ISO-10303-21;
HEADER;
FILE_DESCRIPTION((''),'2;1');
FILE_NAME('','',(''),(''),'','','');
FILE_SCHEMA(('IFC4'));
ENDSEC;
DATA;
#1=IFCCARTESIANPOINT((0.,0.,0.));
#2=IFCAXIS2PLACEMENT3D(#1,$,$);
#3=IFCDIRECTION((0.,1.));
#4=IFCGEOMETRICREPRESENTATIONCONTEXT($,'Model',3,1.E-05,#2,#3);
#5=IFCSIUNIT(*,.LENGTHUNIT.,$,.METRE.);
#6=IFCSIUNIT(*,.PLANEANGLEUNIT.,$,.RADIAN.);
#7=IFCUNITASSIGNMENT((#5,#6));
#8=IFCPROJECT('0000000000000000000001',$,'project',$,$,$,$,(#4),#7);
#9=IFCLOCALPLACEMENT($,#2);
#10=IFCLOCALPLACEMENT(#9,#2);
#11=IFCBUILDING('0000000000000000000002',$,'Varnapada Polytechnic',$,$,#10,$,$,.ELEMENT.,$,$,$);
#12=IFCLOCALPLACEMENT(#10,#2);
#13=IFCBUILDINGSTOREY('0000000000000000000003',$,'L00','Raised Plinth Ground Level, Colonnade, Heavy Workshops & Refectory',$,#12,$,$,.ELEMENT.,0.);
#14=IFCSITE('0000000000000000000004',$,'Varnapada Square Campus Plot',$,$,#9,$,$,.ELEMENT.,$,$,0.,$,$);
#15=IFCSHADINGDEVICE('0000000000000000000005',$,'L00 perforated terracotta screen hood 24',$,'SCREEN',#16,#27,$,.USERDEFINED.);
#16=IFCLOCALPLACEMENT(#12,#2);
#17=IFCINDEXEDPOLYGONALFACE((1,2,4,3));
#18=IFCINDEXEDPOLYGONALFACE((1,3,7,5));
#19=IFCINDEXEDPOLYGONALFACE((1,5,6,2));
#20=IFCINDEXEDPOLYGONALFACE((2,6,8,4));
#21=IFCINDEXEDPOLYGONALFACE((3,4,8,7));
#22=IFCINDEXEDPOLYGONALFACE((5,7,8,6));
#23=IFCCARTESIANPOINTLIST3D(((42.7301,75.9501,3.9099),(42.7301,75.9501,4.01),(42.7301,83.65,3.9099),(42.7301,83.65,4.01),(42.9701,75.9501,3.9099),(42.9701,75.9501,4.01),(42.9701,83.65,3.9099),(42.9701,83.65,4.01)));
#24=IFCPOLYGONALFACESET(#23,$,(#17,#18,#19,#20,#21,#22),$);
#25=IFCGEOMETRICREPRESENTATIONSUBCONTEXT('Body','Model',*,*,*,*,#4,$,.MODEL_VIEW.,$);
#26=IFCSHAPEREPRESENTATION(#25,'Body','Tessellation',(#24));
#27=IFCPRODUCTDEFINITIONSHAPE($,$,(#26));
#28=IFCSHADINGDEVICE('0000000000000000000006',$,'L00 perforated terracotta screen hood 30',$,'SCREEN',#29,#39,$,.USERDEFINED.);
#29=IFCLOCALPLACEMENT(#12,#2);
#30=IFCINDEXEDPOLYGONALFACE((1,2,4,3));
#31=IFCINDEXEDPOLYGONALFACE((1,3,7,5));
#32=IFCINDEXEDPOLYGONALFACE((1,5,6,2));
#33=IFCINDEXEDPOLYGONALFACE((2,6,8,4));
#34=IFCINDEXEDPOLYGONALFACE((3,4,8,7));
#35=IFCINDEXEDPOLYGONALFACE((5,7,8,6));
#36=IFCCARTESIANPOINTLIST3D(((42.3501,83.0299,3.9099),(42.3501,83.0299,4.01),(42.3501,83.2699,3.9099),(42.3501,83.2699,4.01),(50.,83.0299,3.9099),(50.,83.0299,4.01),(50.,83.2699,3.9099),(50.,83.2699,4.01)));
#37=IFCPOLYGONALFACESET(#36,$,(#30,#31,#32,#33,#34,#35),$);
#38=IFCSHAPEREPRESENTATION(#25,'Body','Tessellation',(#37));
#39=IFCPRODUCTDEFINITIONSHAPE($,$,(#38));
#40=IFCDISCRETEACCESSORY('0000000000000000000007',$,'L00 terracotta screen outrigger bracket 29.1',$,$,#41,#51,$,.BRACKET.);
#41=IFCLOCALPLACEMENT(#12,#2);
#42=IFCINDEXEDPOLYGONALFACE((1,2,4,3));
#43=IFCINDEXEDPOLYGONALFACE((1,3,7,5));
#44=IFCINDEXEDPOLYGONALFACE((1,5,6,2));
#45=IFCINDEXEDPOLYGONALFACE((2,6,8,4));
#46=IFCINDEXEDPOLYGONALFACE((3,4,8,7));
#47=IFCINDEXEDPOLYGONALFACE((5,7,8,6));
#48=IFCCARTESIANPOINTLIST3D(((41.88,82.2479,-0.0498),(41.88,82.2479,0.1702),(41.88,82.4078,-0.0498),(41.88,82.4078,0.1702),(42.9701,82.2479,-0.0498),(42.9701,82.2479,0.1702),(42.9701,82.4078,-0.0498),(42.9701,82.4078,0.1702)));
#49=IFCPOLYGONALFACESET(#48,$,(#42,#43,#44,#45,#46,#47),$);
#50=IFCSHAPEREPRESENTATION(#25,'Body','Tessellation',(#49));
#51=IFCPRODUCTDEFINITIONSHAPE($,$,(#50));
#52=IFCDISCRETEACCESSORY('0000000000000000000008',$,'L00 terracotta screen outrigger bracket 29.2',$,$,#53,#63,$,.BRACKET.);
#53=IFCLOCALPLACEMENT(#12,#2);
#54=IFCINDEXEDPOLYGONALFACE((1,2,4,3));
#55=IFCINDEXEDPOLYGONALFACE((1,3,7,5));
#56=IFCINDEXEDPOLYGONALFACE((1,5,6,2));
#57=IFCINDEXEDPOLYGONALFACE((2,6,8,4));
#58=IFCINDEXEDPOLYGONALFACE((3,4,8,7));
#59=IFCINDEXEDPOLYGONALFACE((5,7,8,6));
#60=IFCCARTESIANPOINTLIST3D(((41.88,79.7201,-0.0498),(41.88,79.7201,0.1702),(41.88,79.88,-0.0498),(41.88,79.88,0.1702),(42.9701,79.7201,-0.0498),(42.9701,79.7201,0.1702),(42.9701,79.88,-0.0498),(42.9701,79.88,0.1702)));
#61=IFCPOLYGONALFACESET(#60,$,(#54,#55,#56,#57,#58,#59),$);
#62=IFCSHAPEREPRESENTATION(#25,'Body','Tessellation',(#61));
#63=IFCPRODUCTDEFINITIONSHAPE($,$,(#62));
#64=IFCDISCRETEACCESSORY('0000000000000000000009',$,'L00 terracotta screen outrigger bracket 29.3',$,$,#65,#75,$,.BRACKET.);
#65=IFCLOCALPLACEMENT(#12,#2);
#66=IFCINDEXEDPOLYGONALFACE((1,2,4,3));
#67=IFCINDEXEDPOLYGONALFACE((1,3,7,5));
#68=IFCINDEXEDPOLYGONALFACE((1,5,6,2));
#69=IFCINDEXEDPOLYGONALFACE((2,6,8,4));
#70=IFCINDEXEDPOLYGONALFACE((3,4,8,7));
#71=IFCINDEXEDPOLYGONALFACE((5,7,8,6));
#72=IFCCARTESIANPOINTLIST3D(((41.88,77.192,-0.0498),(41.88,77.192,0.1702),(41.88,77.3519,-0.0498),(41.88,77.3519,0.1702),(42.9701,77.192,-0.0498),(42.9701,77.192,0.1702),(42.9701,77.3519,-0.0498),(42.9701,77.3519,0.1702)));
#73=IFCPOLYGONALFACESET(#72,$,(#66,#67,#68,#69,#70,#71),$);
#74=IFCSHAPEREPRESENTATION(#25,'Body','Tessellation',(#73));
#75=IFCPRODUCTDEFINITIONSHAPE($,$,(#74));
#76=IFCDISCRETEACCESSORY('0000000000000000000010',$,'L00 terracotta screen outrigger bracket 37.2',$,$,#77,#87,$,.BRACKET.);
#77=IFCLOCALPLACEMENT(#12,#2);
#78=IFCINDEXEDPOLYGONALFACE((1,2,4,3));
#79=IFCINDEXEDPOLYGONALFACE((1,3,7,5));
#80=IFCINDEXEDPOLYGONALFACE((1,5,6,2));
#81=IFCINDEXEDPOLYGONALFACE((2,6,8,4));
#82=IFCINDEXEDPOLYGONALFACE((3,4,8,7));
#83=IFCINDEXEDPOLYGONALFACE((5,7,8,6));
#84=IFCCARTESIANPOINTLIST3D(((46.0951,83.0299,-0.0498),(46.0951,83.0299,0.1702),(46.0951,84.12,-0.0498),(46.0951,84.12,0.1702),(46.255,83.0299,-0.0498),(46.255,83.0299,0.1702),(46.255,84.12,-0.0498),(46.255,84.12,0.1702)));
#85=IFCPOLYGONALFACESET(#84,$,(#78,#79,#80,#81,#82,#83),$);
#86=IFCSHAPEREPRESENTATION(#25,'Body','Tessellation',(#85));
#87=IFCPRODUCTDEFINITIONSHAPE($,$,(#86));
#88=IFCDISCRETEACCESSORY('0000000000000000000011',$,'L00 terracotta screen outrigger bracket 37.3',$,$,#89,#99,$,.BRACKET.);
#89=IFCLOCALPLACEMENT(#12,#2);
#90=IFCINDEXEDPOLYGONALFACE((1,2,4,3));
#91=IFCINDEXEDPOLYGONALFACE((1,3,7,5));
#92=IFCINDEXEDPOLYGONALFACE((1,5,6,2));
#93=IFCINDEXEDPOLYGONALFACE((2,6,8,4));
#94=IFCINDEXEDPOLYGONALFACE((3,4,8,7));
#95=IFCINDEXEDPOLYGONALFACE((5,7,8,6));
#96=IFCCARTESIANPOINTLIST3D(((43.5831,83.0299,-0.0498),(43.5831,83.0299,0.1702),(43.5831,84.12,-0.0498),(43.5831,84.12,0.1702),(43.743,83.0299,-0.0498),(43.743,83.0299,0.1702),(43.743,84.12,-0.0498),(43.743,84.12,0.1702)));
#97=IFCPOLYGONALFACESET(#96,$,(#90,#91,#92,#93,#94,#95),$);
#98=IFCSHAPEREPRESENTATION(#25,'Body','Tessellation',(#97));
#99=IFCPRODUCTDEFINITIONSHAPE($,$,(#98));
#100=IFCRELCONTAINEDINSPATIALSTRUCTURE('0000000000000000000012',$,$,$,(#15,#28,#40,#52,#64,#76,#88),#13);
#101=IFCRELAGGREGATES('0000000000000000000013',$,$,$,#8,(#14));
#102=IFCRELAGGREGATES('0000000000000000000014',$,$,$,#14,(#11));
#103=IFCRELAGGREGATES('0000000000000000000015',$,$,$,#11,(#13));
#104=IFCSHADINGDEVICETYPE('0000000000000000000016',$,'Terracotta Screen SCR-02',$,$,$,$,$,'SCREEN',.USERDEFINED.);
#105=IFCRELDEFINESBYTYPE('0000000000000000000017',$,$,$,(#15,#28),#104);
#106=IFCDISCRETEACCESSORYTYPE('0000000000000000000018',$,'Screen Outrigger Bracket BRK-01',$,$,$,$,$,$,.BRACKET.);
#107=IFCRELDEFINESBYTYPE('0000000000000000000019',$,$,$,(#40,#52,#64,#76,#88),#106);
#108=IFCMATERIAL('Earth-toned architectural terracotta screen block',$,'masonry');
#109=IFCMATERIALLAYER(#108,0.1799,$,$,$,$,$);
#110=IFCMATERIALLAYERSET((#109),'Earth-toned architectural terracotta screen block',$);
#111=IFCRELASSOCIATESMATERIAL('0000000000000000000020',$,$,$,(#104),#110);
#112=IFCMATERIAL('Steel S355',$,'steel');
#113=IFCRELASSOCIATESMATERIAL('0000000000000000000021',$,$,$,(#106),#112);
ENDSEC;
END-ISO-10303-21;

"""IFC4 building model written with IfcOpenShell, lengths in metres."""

from ifc_helpers import new_model, si_unit, direction, frame, origin, origin_2d, place, context, subcontext, project, spatial, rectangle, extrude, material, layer, layer_set, type_object, element, save


model = new_model("IFC4")

# Units and contexts
model_context = context("Model", 3, precision=1e-05, world=origin(), true_north=direction((0.0, 1.0)))
body_context = subcontext(model_context, "Body", "Model", "MODEL_VIEW")
ifc_project = project(units=[si_unit("LENGTHUNIT", "METRE"), si_unit("PLANEANGLEUNIT", "RADIAN")], contexts=[model_context])

# Site, building, storey
site_placement = place(None, origin())
site = spatial("IfcSite", under=ifc_project, at=site_placement, Name="Varnapada Square Campus Plot", CompositionType="ELEMENT", RefElevation=0.0)
building_placement = place(site_placement, origin())
building = spatial("IfcBuilding", under=site, at=building_placement, Name="Varnapada Polytechnic", CompositionType="ELEMENT")
storey_placement = place(building_placement, origin())
storey = spatial("IfcBuildingStorey", under=building, at=storey_placement, Name="L00", Description="Raised Plinth Ground Level, Colonnade, Heavy Workshops & Refectory", CompositionType="ELEMENT", Elevation=0.0)

# Shading devices
ifc_material_1 = material(Name="Earth-toned architectural terracotta screen block", Category="masonry")
ifc_layer = layer(ifc_material_1, 0.1799)
ifc_layer_set = layer_set([ifc_layer], Name="Earth-toned architectural terracotta screen block")
shading_device_type = type_object("IfcShadingDeviceType", Name="Terracotta Screen SCR-02", ElementType="SCREEN", PredefinedType="USERDEFINED", material=ifc_layer_set)
shading_device_1_placement = place(storey_placement, frame((42.8501, 79.8, 3.9099), z_axis=(0.0, 0.0, 1.0), x_axis=(0.0, -1.0, 0.0)))
element("IfcShadingDevice", 1, at=shading_device_1_placement, inside=storey, type_object=shading_device_type, Name="L00 perforated terracotta screen hood 24", ObjectType="SCREEN", PredefinedType="USERDEFINED", context=body_context, shape_type="SweptSolid", body=[
    extrude(rectangle(XDim=7.7, YDim=0.24, at=origin_2d()), origin(), (0.0, 0.0, 1.0), 0.1001),
])
shading_device_2_placement = place(storey_placement, frame((46.175, 83.1499, 3.9099), z_axis=(0.0, 0.0, 1.0), x_axis=(-1.0, 0.0, 0.0)))
element("IfcShadingDevice", 2, at=shading_device_2_placement, inside=storey, type_object=shading_device_type, Name="L00 perforated terracotta screen hood 30", ObjectType="SCREEN", PredefinedType="USERDEFINED", context=body_context, shape_type="SweptSolid", body=[
    extrude(rectangle(XDim=7.6499, YDim=0.24, at=origin_2d()), origin(), (0.0, 0.0, 1.0), 0.1001),
])

# Discrete accessories
ifc_material_2 = material(Name="Steel S355", Category="steel")
discrete_accessory_type = type_object("IfcDiscreteAccessoryType", Name="Screen Outrigger Bracket BRK-01", PredefinedType="BRACKET", material=ifc_material_2)
for number, where, z_axis, x_axis, name in (
    (3, (42.425, 82.3279, -0.0498), (0.0, 0.0, 1.0), (0.0, -1.0, 0.0), "L00 terracotta screen outrigger bracket 29.1"),
    (4, (42.425, 79.8, -0.0498), (0.0, 0.0, 1.0), (0.0, -1.0, 0.0), "L00 terracotta screen outrigger bracket 29.2"),
    (5, (42.425, 77.272, -0.0498), (0.0, 0.0, 1.0), (0.0, -1.0, 0.0), "L00 terracotta screen outrigger bracket 29.3"),
    (6, (46.175, 83.575, -0.0498), (0.0, 0.0, 1.0), (-1.0, 0.0, 0.0), "L00 terracotta screen outrigger bracket 37.2"),
    (7, (43.6631, 83.575, -0.0498), (0.0, 0.0, 1.0), (-1.0, 0.0, 0.0), "L00 terracotta screen outrigger bracket 37.3"),
):
    element("IfcDiscreteAccessory", number, at=place(storey_placement, frame(where, z_axis=z_axis, x_axis=x_axis)), inside=storey, type_object=discrete_accessory_type, Name=name, PredefinedType="BRACKET", context=body_context, shape_type="SweptSolid", body=[
        extrude(rectangle(XDim=0.1599, YDim=1.0901, at=origin_2d()), origin(), (0.0, 0.0, 1.0), 0.22),
    ])

save(model, "model.ifc")
